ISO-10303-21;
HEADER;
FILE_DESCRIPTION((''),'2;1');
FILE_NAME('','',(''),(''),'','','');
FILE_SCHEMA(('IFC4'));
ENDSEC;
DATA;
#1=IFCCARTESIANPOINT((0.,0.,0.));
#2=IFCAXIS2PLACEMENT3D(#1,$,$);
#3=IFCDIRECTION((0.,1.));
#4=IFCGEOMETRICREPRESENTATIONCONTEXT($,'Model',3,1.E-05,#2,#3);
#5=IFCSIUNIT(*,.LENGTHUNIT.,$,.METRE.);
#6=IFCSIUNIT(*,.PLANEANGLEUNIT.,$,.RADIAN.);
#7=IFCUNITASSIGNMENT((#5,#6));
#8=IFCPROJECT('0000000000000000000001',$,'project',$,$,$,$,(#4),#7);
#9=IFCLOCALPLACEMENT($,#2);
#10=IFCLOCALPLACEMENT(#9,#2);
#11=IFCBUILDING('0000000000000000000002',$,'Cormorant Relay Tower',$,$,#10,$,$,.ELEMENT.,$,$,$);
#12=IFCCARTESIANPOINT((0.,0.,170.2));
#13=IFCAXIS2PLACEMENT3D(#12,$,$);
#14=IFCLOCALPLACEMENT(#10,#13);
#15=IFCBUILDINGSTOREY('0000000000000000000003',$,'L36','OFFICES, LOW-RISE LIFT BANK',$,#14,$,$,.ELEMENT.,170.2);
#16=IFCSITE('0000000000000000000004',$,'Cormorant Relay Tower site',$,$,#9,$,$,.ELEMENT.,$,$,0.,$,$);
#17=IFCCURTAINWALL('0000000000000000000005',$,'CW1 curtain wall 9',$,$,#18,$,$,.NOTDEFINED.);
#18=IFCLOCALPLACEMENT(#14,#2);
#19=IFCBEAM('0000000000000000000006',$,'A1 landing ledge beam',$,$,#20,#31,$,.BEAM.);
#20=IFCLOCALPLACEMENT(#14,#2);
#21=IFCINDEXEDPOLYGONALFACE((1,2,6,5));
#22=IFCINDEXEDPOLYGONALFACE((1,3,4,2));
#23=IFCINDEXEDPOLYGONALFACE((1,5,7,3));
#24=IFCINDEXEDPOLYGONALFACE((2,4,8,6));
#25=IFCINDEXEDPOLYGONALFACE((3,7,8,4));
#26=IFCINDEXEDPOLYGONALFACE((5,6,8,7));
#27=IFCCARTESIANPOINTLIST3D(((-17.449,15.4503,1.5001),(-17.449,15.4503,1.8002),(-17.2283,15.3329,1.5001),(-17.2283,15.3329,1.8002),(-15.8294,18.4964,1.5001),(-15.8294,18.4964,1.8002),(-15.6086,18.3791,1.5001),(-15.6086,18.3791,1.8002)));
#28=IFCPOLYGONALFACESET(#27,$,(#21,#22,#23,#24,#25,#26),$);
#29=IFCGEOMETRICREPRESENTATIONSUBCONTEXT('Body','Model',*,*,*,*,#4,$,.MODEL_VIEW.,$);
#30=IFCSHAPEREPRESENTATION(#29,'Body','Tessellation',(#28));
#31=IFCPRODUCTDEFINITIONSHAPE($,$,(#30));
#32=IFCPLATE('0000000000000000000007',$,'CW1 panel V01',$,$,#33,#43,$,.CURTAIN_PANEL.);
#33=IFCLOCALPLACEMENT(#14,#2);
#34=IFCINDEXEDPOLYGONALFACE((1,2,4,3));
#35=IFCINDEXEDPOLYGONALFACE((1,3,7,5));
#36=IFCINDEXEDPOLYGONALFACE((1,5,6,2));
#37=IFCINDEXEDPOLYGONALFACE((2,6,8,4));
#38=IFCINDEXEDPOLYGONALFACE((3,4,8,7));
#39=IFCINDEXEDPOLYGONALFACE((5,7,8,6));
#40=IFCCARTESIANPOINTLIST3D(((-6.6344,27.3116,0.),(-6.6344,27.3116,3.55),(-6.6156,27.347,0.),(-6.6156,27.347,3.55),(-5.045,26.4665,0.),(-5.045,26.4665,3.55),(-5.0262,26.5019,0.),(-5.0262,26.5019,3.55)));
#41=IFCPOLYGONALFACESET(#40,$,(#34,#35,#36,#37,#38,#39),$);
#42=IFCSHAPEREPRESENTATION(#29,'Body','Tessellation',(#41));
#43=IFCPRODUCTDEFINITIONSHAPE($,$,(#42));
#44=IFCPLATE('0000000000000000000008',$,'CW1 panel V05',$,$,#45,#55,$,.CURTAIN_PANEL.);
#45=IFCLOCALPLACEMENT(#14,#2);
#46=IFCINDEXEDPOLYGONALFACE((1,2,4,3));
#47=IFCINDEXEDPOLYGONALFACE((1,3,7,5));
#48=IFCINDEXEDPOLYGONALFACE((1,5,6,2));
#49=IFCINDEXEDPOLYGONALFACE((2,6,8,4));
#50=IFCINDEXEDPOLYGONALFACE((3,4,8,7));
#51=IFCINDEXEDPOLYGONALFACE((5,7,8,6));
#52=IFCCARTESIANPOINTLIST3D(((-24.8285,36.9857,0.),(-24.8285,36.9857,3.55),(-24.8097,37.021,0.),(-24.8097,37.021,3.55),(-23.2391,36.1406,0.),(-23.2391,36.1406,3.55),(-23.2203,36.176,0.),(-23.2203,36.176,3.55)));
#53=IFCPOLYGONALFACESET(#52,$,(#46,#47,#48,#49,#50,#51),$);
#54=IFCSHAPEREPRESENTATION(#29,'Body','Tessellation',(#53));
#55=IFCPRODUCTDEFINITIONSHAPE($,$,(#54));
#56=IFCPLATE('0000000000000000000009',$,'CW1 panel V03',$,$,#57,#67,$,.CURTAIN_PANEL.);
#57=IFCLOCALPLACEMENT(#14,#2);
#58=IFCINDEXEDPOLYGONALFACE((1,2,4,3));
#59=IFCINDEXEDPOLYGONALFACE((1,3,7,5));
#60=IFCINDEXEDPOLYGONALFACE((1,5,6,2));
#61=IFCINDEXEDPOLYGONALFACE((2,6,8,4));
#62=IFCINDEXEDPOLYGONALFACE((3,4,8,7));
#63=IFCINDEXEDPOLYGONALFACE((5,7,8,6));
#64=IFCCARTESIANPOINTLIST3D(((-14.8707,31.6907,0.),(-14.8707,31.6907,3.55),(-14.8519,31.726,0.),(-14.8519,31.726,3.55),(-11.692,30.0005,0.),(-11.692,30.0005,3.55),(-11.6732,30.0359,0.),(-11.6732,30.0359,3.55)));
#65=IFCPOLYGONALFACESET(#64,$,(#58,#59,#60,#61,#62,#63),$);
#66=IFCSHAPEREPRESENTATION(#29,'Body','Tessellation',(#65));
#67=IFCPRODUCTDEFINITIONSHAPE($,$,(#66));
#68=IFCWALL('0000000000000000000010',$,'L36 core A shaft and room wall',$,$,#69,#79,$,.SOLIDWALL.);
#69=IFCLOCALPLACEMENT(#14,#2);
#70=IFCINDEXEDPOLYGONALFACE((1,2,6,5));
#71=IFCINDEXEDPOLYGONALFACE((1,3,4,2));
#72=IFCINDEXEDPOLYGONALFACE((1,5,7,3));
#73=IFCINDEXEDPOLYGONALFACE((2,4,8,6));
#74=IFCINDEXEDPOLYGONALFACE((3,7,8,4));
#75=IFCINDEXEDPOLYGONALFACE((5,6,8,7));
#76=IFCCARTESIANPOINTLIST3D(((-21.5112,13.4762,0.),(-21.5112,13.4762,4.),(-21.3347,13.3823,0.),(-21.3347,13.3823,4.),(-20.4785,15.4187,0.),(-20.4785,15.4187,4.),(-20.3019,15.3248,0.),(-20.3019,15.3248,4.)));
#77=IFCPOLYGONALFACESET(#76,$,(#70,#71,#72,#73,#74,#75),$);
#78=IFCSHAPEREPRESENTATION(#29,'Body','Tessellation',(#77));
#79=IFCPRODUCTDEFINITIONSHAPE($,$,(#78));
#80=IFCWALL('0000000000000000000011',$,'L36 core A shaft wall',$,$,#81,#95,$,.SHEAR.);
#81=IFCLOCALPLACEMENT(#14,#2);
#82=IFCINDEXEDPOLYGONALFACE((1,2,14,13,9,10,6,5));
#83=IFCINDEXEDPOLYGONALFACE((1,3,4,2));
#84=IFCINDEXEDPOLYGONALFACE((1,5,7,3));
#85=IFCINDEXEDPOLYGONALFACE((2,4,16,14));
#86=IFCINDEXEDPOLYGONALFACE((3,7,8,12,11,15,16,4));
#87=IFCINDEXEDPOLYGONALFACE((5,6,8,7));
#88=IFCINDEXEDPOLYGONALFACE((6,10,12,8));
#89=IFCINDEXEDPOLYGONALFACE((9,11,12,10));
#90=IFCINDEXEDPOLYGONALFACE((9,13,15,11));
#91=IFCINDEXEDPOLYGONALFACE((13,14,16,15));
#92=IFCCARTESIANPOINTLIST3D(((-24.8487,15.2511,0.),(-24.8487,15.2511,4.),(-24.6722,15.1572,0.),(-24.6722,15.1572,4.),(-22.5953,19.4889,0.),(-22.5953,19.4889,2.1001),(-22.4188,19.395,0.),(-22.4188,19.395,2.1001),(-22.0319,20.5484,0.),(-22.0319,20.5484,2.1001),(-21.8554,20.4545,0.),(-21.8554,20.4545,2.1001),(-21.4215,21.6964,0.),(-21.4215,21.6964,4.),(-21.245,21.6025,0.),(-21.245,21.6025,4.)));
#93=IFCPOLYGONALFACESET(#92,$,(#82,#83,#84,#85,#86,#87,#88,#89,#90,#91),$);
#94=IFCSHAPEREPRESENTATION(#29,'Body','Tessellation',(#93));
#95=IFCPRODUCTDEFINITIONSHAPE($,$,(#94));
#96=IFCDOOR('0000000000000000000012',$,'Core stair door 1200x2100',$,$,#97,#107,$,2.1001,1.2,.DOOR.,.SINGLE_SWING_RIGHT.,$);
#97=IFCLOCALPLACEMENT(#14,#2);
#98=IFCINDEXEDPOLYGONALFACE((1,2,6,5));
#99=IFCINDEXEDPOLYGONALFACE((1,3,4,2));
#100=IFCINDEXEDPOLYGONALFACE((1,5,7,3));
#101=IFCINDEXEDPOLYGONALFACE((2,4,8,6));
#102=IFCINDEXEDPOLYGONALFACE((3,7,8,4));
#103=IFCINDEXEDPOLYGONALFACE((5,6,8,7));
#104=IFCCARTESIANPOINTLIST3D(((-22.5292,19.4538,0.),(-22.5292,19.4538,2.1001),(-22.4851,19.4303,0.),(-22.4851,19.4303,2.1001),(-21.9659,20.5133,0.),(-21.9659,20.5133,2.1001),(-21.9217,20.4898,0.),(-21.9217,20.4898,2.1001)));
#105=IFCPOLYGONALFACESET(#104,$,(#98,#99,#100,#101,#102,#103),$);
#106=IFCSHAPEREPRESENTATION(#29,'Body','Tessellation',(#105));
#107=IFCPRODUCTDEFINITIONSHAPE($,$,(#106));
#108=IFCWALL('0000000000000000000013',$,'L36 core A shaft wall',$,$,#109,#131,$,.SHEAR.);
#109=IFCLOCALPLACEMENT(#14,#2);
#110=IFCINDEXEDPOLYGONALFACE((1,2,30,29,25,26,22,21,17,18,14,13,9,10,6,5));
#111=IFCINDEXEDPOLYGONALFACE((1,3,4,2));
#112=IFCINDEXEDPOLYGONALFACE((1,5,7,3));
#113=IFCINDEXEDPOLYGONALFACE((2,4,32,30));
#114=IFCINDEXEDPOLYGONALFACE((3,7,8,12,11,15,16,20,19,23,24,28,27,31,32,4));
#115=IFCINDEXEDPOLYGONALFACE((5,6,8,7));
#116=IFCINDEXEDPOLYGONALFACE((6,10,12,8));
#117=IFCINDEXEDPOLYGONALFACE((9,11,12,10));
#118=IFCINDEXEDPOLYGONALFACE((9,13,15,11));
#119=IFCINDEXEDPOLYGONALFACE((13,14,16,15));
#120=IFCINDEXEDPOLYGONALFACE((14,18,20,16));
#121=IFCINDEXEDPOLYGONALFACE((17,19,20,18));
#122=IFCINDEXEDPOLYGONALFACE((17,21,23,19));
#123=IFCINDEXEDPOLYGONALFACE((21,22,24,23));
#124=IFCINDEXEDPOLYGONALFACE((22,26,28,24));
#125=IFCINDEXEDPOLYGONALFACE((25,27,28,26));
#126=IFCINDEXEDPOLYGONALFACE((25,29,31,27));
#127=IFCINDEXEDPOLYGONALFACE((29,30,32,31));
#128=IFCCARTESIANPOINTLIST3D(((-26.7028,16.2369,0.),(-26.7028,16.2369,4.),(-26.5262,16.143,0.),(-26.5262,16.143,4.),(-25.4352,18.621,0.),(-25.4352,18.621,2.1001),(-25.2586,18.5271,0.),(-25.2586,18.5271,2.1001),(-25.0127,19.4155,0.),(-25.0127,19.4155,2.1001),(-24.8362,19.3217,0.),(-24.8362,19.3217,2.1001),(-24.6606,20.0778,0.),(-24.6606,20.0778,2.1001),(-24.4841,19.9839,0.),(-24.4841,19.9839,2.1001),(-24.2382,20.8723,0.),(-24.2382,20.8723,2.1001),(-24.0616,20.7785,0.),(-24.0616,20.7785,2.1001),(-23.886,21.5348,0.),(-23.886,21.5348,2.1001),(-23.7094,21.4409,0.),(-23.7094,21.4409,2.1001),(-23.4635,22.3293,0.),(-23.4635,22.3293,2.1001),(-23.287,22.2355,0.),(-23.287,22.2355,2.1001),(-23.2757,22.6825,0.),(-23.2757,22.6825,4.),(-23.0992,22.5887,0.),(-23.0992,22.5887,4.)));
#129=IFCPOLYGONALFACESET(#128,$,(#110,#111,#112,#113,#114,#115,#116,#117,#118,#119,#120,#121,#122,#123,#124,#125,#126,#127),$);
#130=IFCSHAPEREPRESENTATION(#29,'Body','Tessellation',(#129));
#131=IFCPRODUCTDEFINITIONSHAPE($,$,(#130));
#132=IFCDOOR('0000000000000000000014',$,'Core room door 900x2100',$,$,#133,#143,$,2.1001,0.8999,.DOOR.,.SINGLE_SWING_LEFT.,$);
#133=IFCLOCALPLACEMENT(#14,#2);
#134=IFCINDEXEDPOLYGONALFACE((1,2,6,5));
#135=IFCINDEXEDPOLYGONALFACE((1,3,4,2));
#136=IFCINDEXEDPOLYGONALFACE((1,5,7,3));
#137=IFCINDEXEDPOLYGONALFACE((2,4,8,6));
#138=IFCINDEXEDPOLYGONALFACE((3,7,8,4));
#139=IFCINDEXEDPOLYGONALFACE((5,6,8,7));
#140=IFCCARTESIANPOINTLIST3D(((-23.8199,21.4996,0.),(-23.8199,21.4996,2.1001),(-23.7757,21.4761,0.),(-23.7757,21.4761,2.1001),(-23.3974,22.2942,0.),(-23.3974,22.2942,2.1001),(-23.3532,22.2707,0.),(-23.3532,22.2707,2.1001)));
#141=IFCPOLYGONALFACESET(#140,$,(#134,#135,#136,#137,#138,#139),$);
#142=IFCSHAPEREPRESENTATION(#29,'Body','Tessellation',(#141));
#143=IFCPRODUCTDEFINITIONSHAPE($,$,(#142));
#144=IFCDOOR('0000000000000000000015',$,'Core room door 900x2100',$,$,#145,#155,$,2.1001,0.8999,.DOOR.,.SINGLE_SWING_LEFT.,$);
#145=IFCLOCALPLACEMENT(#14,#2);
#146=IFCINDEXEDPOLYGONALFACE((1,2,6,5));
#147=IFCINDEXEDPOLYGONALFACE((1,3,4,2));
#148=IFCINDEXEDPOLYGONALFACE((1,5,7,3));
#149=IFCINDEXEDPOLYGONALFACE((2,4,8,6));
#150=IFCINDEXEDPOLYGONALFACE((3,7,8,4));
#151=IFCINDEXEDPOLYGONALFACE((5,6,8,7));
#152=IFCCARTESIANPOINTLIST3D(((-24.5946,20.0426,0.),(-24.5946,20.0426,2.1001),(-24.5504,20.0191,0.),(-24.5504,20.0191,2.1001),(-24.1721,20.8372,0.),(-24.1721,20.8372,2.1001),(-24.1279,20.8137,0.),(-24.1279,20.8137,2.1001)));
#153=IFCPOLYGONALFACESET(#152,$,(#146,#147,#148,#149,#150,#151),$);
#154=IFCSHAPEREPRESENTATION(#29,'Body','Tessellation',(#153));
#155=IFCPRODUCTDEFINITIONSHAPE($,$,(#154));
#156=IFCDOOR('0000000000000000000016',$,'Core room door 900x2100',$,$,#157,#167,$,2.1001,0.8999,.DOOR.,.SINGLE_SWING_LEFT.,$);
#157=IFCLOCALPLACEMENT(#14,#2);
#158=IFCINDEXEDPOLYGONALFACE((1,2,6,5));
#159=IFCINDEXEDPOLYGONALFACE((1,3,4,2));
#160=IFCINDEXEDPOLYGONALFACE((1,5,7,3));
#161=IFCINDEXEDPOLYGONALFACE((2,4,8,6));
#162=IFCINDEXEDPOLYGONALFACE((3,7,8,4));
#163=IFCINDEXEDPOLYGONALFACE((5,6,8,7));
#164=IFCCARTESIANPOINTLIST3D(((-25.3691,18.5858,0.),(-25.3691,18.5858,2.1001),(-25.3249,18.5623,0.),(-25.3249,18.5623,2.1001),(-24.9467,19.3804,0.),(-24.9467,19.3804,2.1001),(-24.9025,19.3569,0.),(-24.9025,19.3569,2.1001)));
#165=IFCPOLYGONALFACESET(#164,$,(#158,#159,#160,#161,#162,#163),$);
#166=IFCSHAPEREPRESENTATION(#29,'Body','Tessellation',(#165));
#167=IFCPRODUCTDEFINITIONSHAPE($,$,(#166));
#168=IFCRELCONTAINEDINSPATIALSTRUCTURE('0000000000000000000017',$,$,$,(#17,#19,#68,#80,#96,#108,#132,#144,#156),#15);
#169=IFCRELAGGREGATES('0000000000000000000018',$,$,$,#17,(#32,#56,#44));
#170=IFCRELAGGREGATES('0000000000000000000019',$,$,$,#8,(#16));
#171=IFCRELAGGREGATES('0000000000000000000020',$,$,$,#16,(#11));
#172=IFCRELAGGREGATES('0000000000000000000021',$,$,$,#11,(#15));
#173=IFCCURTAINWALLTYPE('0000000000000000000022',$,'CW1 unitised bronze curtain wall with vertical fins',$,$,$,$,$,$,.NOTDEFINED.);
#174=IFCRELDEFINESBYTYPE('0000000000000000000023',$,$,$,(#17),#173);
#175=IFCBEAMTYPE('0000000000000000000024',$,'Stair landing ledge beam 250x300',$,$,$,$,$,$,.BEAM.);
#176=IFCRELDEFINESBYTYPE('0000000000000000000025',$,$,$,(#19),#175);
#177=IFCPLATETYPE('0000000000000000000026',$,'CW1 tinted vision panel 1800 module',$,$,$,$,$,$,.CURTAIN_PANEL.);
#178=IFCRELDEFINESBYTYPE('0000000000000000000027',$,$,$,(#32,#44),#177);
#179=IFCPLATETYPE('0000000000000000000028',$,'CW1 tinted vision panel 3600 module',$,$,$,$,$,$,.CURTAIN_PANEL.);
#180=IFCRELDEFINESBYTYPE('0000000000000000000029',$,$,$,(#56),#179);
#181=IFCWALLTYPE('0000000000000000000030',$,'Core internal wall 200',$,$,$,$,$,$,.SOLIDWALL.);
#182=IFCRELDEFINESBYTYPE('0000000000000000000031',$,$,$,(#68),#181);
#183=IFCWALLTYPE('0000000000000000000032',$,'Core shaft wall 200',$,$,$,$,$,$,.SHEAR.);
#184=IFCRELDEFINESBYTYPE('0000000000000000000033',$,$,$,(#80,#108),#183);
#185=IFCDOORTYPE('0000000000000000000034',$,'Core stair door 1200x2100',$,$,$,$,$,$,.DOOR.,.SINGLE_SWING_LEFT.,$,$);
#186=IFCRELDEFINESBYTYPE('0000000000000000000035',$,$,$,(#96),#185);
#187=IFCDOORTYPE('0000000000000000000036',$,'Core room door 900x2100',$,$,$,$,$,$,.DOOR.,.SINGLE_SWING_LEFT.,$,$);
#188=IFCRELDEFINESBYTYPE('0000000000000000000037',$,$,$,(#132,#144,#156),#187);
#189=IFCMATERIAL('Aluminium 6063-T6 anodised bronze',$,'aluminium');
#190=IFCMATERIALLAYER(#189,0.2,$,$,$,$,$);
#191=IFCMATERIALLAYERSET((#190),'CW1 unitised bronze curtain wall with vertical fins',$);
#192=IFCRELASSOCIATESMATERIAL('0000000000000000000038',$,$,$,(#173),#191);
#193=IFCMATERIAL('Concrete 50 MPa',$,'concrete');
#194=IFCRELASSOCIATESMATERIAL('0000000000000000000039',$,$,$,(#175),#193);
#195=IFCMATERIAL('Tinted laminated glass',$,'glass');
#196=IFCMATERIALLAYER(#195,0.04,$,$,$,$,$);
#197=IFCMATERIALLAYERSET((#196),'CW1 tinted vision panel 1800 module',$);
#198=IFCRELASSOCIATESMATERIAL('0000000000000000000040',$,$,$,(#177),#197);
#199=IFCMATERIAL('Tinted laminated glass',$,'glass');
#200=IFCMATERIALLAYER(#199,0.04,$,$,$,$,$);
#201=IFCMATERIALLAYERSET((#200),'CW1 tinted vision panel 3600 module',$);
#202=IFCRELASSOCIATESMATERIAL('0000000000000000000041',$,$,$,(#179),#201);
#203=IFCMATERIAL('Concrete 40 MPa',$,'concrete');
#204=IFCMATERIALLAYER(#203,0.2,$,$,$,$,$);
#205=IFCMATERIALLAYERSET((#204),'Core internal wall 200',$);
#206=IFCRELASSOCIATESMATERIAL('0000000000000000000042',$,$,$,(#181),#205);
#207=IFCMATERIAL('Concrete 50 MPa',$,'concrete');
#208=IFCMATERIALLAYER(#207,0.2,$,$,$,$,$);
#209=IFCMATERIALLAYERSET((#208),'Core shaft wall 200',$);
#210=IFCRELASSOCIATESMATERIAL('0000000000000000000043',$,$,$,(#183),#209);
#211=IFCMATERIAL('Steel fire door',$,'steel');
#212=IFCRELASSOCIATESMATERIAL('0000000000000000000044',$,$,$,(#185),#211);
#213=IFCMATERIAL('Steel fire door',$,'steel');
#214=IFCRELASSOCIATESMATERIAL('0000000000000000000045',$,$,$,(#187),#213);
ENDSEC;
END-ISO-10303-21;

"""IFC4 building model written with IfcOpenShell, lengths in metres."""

from ifc_helpers import new_model, si_unit, direction, frame, frame_2d, origin, origin_2d, place, context, subcontext, project, spatial, rectangle, extrude, material, layer, layer_set, material_profile, profile_set, type_object, element, fill, aggregate, save


model = new_model("IFC4")

# Units and contexts
model_context = context("Model", 3, precision=1e-05, world=origin(), true_north=direction((0.0, 1.0)))
body_context = subcontext(model_context, "Body", "Model", "MODEL_VIEW")
ifc_project = project(units=[si_unit("LENGTHUNIT", "METRE"), si_unit("PLANEANGLEUNIT", "RADIAN")], contexts=[model_context])

# Site, building, storey
site_placement = place(None, origin())
site = spatial("IfcSite", under=ifc_project, at=site_placement, Name="Cormorant Relay Tower site", CompositionType="ELEMENT", RefElevation=0.0)
building_placement = place(site_placement, origin())
building = spatial("IfcBuilding", under=site, at=building_placement, Name="Cormorant Relay Tower", CompositionType="ELEMENT")
storey_placement = place(building_placement, frame((0.0, 0.0, 170.2)))
storey = spatial("IfcBuildingStorey", under=building, at=storey_placement, Name="L36", Description="OFFICES, LOW-RISE LIFT BANK", CompositionType="ELEMENT", Elevation=170.2)

# Curtain wall
ifc_material_1 = material(Name="Aluminium 6063-T6 anodised bronze", Category="aluminium")
ifc_layer_1 = layer(ifc_material_1, 0.2)
ifc_layer_set_1 = layer_set([ifc_layer_1], Name="CW1 unitised bronze curtain wall with vertical fins")
curtain_wall_type = type_object("IfcCurtainWallType", Name="CW1 unitised bronze curtain wall with vertical fins", PredefinedType="NOTDEFINED", material=ifc_layer_set_1)
curtain_wall_placement = place(storey_placement, origin())
curtain_wall = element("IfcCurtainWall", 1, at=curtain_wall_placement, inside=storey, type_object=curtain_wall_type, Name="CW1 curtain wall 9", PredefinedType="NOTDEFINED")

# Beam
ifc_material_2 = material(Name="Concrete 50 MPa", Category="concrete")
ifc_material_profile_1 = material_profile(ifc_material_2, rectangle(XDim=0.25, YDim=0.3, at=origin_2d()), Name="RC 250x300")
ifc_profile_set_1 = profile_set([ifc_material_profile_1], Name="Concrete 50 MPa")
beam_type_1 = type_object("IfcBeamType", Name="Stair landing ledge beam 250x300", PredefinedType="BEAM", material=ifc_profile_set_1)
beam_1_placement = place(storey_placement, frame((-17.3386, 15.3916, 1.6501), z_axis=(0.469464, 0.882952, 0.0), x_axis=(-0.882952, 0.469464, 0.0)))
element("IfcBeam", 2, at=beam_1_placement, inside=storey, type_object=beam_type_1, Name="A1 landing ledge beam", PredefinedType="BEAM", context=body_context, shape_type="SweptSolid", body=[
    extrude(rectangle(XDim=0.25, YDim=0.3, at=origin_2d()), origin(), (0.0, 0.0, 1.0), 3.45),
])

# Plates
ifc_material_3 = material(Name="Tinted laminated glass", Category="glass")
ifc_layer_2 = layer(ifc_material_3, 0.04)
ifc_layer_set_2 = layer_set([ifc_layer_2], Name="CW1 tinted vision panel 1800 module")
plate_type_1 = type_object("IfcPlateType", Name="CW1 tinted vision panel 1800 module", PredefinedType="CURTAIN_PANEL", material=ifc_layer_set_2)
plate_1_placement = place(storey_placement, frame((-5.8303, 26.9067, 0.0), z_axis=(0.0, 0.0, 1.0), x_axis=(-0.882948, 0.469472, 0.0)))
plate_1 = element("IfcPlate", 3, at=plate_1_placement, type_object=plate_type_1, Name="CW1 panel V01", PredefinedType="CURTAIN_PANEL", context=body_context, shape_type="SweptSolid", body=[
    extrude(rectangle(XDim=1.8, YDim=0.04, at=origin_2d()), origin(), (0.0, 0.0, 1.0), 3.55),
])
plate_2_placement = place(storey_placement, frame((-24.0244, 36.5808, 0.0), z_axis=(0.0, 0.0, 1.0), x_axis=(-0.882948, 0.469472, 0.0)))
plate_2 = element("IfcPlate", 4, at=plate_2_placement, type_object=plate_type_1, Name="CW1 panel V05", PredefinedType="CURTAIN_PANEL", context=body_context, shape_type="SweptSolid", body=[
    extrude(rectangle(XDim=1.8, YDim=0.04, at=origin_2d()), origin(), (0.0, 0.0, 1.0), 3.55),
])
ifc_material_4 = material(Name="Tinted laminated glass", Category="glass")
ifc_layer_3 = layer(ifc_material_4, 0.04)
ifc_layer_set_3 = layer_set([ifc_layer_3], Name="CW1 tinted vision panel 3600 module")
plate_type_2 = type_object("IfcPlateType", Name="CW1 tinted vision panel 3600 module", PredefinedType="CURTAIN_PANEL", material=ifc_layer_set_3)
plate_3_placement = place(storey_placement, frame((-13.272, 30.8633, 0.0), z_axis=(0.0, 0.0, 1.0), x_axis=(-0.882948, 0.469472, 0.0)))
plate_3 = element("IfcPlate", 5, at=plate_3_placement, type_object=plate_type_2, Name="CW1 panel V03", PredefinedType="CURTAIN_PANEL", context=body_context, shape_type="SweptSolid", body=[
    extrude(rectangle(XDim=3.6001, YDim=0.04, at=origin_2d()), origin(), (0.0, 0.0, 1.0), 3.55),
])

# Wall
ifc_material_5 = material(Name="Concrete 40 MPa", Category="concrete")
ifc_layer_4 = layer(ifc_material_5, 0.2)
ifc_layer_set_4 = layer_set([ifc_layer_4], Name="Core internal wall 200")
wall_type_1 = type_object("IfcWallType", Name="Core internal wall 200", PredefinedType="SOLIDWALL", material=ifc_layer_set_4)
wall_1_placement = place(storey_placement, frame((-20.3901, 15.3718, 0.0), z_axis=(0.0, 0.0, 1.0), x_axis=(-0.469447, -0.88296, 0.0)))
element("IfcWall", 6, at=wall_1_placement, inside=storey, type_object=wall_type_1, Name="L36 core A shaft and room wall", PredefinedType="SOLIDWALL", context=body_context, shape_type="SweptSolid", body=[
    extrude(rectangle(XDim=2.2, YDim=0.2, at=frame_2d((1.1001, 0.0))), origin(), (0.0, 0.0, 1.0), 4.0),
])

# Wall, opening, door
ifc_material_6 = material(Name="Concrete 50 MPa", Category="concrete")
ifc_layer_5 = layer(ifc_material_6, 0.2)
ifc_layer_set_5 = layer_set([ifc_layer_5], Name="Core shaft wall 200")
wall_type_2 = type_object("IfcWallType", Name="Core shaft wall 200", PredefinedType="SHEAR", material=ifc_layer_set_5)
wall_2_placement = place(storey_placement, frame((-21.3333, 21.6494, 0.0), z_axis=(0.0, 0.0, 1.0), x_axis=(-0.469494, -0.882936, 0.0)))
wall_2 = element("IfcWall", 7, at=wall_2_placement, inside=storey, type_object=wall_type_2, Name="L36 core A shaft wall", PredefinedType="SHEAR", context=body_context, shape_type="SweptSolid", body=[
    extrude(rectangle(XDim=7.2998, YDim=0.2, at=frame_2d((3.6499, 0.0))), origin(), (0.0, 0.0, 1.0), 4.0),
])
opening_1_placement = place(wall_2_placement, frame((1.3, 0.0, 0.0)))
opening_1 = element("IfcOpeningElement", 8, at=opening_1_placement, cuts=wall_2, PredefinedType="OPENING", context=body_context, shape_type="SweptSolid", body=[
    extrude(rectangle(XDim=1.2, YDim=2.1001, at=frame_2d((0.6001, 1.05))), frame((0.0, 0.1099, 0.0), z_axis=(0.0, -1.0, 0.0), x_axis=(1.0, 0.0, 0.0)), (0.0, 0.0, 1.0), 0.22),
])
ifc_material_7 = material(Name="Steel fire door", Category="steel")
door_type_1 = type_object("IfcDoorType", Name="Core stair door 1200x2100", OperationType="SINGLE_SWING_LEFT", PredefinedType="DOOR", material=ifc_material_7)
door_1_placement = place(opening_1_placement, origin())
door_1 = element("IfcDoor", 9, at=door_1_placement, inside=storey, type_object=door_type_1, Name="Core stair door 1200x2100", OperationType="SINGLE_SWING_RIGHT", OverallHeight=2.1001, OverallWidth=1.2, PredefinedType="DOOR", context=body_context, shape_type="SweptSolid", body=[
    extrude(rectangle(XDim=1.2, YDim=2.1001, at=frame_2d((0.6001, 1.05))), frame((0.0, 0.0249, 0.0), z_axis=(0.0, -1.0, 0.0), x_axis=(1.0, 0.0, 0.0)), (0.0, 0.0, 1.0), 0.05),
])
fill(opening_1, door_1)

# Wall, openings, doors
wall_3_placement = place(storey_placement, frame((-23.1875, 22.6355, 0.0), z_axis=(0.0, 0.0, 1.0), x_axis=(-0.469454, -0.882957, 0.0)))
wall_3 = element("IfcWall", 10, at=wall_3_placement, inside=storey, type_object=wall_type_2, Name="L36 core A shaft wall", PredefinedType="SHEAR", context=body_context, shape_type="SweptSolid", body=[
    extrude(rectangle(XDim=7.3, YDim=0.2, at=frame_2d((3.6499, 0.0))), origin(), (0.0, 0.0, 1.0), 4.0),
])
opening_2_placement = place(wall_3_placement, frame((0.3999, 0.0, 0.0)))
opening_2 = element("IfcOpeningElement", 11, at=opening_2_placement, cuts=wall_3, PredefinedType="OPENING", context=body_context, shape_type="SweptSolid", body=[
    extrude(rectangle(XDim=0.8999, YDim=2.1001, at=frame_2d((0.45, 1.05))), frame((0.0, 0.1099, 0.0), z_axis=(0.0, -1.0, 0.0), x_axis=(1.0, 0.0, 0.0)), (0.0, 0.0, 1.0), 0.22),
])
opening_3_placement = place(wall_3_placement, frame((2.05, 0.0, 0.0)))
opening_3 = element("IfcOpeningElement", 12, at=opening_3_placement, cuts=wall_3, PredefinedType="OPENING", context=body_context, shape_type="SweptSolid", body=[
    extrude(rectangle(XDim=0.8999, YDim=2.1001, at=frame_2d((0.45, 1.05))), frame((0.0, 0.1099, 0.0), z_axis=(0.0, -1.0, 0.0), x_axis=(1.0, 0.0, 0.0)), (0.0, 0.0, 1.0), 0.22),
])
opening_4_placement = place(wall_3_placement, frame((3.7, 0.0, 0.0)))
opening_4 = element("IfcOpeningElement", 13, at=opening_4_placement, cuts=wall_3, PredefinedType="OPENING", context=body_context, shape_type="SweptSolid", body=[
    extrude(rectangle(XDim=0.8999, YDim=2.1001, at=frame_2d((0.45, 1.05))), frame((0.0, 0.1099, 0.0), z_axis=(0.0, -1.0, 0.0), x_axis=(1.0, 0.0, 0.0)), (0.0, 0.0, 1.0), 0.22),
])
ifc_material_8 = material(Name="Steel fire door", Category="steel")
door_type_2 = type_object("IfcDoorType", Name="Core room door 900x2100", OperationType="SINGLE_SWING_LEFT", PredefinedType="DOOR", material=ifc_material_8)
door_2_placement = place(opening_2_placement, origin())
door_2 = element("IfcDoor", 14, at=door_2_placement, inside=storey, type_object=door_type_2, Name="Core room door 900x2100", OperationType="SINGLE_SWING_LEFT", OverallHeight=2.1001, OverallWidth=0.8999, PredefinedType="DOOR", context=body_context, shape_type="SweptSolid", body=[
    extrude(rectangle(XDim=0.8999, YDim=2.1001, at=frame_2d((0.45, 1.05))), frame((0.0, 0.0249, 0.0), z_axis=(0.0, -1.0, 0.0), x_axis=(1.0, 0.0, 0.0)), (0.0, 0.0, 1.0), 0.05),
])
fill(opening_2, door_2)
door_3_placement = place(opening_3_placement, origin())
door_3 = element("IfcDoor", 15, at=door_3_placement, inside=storey, type_object=door_type_2, Name="Core room door 900x2100", OperationType="SINGLE_SWING_LEFT", OverallHeight=2.1001, OverallWidth=0.8999, PredefinedType="DOOR", context=body_context, shape_type="SweptSolid", body=[
    extrude(rectangle(XDim=0.8999, YDim=2.1001, at=frame_2d((0.45, 1.05))), frame((0.0, 0.0249, 0.0), z_axis=(0.0, -1.0, 0.0), x_axis=(1.0, 0.0, 0.0)), (0.0, 0.0, 1.0), 0.05),
])
fill(opening_3, door_3)
door_4_placement = place(opening_4_placement, origin())
door_4 = element("IfcDoor", 16, at=door_4_placement, inside=storey, type_object=door_type_2, Name="Core room door 900x2100", OperationType="SINGLE_SWING_LEFT", OverallHeight=2.1001, OverallWidth=0.8999, PredefinedType="DOOR", context=body_context, shape_type="SweptSolid", body=[
    extrude(rectangle(XDim=0.8999, YDim=2.1001, at=frame_2d((0.45, 1.05))), frame((0.0, 0.0249, 0.0), z_axis=(0.0, -1.0, 0.0), x_axis=(1.0, 0.0, 0.0)), (0.0, 0.0, 1.0), 0.05),
])
fill(opening_4, door_4)

aggregate(curtain_wall, [plate_1, plate_3, plate_2])

save(model, "model.ifc")
